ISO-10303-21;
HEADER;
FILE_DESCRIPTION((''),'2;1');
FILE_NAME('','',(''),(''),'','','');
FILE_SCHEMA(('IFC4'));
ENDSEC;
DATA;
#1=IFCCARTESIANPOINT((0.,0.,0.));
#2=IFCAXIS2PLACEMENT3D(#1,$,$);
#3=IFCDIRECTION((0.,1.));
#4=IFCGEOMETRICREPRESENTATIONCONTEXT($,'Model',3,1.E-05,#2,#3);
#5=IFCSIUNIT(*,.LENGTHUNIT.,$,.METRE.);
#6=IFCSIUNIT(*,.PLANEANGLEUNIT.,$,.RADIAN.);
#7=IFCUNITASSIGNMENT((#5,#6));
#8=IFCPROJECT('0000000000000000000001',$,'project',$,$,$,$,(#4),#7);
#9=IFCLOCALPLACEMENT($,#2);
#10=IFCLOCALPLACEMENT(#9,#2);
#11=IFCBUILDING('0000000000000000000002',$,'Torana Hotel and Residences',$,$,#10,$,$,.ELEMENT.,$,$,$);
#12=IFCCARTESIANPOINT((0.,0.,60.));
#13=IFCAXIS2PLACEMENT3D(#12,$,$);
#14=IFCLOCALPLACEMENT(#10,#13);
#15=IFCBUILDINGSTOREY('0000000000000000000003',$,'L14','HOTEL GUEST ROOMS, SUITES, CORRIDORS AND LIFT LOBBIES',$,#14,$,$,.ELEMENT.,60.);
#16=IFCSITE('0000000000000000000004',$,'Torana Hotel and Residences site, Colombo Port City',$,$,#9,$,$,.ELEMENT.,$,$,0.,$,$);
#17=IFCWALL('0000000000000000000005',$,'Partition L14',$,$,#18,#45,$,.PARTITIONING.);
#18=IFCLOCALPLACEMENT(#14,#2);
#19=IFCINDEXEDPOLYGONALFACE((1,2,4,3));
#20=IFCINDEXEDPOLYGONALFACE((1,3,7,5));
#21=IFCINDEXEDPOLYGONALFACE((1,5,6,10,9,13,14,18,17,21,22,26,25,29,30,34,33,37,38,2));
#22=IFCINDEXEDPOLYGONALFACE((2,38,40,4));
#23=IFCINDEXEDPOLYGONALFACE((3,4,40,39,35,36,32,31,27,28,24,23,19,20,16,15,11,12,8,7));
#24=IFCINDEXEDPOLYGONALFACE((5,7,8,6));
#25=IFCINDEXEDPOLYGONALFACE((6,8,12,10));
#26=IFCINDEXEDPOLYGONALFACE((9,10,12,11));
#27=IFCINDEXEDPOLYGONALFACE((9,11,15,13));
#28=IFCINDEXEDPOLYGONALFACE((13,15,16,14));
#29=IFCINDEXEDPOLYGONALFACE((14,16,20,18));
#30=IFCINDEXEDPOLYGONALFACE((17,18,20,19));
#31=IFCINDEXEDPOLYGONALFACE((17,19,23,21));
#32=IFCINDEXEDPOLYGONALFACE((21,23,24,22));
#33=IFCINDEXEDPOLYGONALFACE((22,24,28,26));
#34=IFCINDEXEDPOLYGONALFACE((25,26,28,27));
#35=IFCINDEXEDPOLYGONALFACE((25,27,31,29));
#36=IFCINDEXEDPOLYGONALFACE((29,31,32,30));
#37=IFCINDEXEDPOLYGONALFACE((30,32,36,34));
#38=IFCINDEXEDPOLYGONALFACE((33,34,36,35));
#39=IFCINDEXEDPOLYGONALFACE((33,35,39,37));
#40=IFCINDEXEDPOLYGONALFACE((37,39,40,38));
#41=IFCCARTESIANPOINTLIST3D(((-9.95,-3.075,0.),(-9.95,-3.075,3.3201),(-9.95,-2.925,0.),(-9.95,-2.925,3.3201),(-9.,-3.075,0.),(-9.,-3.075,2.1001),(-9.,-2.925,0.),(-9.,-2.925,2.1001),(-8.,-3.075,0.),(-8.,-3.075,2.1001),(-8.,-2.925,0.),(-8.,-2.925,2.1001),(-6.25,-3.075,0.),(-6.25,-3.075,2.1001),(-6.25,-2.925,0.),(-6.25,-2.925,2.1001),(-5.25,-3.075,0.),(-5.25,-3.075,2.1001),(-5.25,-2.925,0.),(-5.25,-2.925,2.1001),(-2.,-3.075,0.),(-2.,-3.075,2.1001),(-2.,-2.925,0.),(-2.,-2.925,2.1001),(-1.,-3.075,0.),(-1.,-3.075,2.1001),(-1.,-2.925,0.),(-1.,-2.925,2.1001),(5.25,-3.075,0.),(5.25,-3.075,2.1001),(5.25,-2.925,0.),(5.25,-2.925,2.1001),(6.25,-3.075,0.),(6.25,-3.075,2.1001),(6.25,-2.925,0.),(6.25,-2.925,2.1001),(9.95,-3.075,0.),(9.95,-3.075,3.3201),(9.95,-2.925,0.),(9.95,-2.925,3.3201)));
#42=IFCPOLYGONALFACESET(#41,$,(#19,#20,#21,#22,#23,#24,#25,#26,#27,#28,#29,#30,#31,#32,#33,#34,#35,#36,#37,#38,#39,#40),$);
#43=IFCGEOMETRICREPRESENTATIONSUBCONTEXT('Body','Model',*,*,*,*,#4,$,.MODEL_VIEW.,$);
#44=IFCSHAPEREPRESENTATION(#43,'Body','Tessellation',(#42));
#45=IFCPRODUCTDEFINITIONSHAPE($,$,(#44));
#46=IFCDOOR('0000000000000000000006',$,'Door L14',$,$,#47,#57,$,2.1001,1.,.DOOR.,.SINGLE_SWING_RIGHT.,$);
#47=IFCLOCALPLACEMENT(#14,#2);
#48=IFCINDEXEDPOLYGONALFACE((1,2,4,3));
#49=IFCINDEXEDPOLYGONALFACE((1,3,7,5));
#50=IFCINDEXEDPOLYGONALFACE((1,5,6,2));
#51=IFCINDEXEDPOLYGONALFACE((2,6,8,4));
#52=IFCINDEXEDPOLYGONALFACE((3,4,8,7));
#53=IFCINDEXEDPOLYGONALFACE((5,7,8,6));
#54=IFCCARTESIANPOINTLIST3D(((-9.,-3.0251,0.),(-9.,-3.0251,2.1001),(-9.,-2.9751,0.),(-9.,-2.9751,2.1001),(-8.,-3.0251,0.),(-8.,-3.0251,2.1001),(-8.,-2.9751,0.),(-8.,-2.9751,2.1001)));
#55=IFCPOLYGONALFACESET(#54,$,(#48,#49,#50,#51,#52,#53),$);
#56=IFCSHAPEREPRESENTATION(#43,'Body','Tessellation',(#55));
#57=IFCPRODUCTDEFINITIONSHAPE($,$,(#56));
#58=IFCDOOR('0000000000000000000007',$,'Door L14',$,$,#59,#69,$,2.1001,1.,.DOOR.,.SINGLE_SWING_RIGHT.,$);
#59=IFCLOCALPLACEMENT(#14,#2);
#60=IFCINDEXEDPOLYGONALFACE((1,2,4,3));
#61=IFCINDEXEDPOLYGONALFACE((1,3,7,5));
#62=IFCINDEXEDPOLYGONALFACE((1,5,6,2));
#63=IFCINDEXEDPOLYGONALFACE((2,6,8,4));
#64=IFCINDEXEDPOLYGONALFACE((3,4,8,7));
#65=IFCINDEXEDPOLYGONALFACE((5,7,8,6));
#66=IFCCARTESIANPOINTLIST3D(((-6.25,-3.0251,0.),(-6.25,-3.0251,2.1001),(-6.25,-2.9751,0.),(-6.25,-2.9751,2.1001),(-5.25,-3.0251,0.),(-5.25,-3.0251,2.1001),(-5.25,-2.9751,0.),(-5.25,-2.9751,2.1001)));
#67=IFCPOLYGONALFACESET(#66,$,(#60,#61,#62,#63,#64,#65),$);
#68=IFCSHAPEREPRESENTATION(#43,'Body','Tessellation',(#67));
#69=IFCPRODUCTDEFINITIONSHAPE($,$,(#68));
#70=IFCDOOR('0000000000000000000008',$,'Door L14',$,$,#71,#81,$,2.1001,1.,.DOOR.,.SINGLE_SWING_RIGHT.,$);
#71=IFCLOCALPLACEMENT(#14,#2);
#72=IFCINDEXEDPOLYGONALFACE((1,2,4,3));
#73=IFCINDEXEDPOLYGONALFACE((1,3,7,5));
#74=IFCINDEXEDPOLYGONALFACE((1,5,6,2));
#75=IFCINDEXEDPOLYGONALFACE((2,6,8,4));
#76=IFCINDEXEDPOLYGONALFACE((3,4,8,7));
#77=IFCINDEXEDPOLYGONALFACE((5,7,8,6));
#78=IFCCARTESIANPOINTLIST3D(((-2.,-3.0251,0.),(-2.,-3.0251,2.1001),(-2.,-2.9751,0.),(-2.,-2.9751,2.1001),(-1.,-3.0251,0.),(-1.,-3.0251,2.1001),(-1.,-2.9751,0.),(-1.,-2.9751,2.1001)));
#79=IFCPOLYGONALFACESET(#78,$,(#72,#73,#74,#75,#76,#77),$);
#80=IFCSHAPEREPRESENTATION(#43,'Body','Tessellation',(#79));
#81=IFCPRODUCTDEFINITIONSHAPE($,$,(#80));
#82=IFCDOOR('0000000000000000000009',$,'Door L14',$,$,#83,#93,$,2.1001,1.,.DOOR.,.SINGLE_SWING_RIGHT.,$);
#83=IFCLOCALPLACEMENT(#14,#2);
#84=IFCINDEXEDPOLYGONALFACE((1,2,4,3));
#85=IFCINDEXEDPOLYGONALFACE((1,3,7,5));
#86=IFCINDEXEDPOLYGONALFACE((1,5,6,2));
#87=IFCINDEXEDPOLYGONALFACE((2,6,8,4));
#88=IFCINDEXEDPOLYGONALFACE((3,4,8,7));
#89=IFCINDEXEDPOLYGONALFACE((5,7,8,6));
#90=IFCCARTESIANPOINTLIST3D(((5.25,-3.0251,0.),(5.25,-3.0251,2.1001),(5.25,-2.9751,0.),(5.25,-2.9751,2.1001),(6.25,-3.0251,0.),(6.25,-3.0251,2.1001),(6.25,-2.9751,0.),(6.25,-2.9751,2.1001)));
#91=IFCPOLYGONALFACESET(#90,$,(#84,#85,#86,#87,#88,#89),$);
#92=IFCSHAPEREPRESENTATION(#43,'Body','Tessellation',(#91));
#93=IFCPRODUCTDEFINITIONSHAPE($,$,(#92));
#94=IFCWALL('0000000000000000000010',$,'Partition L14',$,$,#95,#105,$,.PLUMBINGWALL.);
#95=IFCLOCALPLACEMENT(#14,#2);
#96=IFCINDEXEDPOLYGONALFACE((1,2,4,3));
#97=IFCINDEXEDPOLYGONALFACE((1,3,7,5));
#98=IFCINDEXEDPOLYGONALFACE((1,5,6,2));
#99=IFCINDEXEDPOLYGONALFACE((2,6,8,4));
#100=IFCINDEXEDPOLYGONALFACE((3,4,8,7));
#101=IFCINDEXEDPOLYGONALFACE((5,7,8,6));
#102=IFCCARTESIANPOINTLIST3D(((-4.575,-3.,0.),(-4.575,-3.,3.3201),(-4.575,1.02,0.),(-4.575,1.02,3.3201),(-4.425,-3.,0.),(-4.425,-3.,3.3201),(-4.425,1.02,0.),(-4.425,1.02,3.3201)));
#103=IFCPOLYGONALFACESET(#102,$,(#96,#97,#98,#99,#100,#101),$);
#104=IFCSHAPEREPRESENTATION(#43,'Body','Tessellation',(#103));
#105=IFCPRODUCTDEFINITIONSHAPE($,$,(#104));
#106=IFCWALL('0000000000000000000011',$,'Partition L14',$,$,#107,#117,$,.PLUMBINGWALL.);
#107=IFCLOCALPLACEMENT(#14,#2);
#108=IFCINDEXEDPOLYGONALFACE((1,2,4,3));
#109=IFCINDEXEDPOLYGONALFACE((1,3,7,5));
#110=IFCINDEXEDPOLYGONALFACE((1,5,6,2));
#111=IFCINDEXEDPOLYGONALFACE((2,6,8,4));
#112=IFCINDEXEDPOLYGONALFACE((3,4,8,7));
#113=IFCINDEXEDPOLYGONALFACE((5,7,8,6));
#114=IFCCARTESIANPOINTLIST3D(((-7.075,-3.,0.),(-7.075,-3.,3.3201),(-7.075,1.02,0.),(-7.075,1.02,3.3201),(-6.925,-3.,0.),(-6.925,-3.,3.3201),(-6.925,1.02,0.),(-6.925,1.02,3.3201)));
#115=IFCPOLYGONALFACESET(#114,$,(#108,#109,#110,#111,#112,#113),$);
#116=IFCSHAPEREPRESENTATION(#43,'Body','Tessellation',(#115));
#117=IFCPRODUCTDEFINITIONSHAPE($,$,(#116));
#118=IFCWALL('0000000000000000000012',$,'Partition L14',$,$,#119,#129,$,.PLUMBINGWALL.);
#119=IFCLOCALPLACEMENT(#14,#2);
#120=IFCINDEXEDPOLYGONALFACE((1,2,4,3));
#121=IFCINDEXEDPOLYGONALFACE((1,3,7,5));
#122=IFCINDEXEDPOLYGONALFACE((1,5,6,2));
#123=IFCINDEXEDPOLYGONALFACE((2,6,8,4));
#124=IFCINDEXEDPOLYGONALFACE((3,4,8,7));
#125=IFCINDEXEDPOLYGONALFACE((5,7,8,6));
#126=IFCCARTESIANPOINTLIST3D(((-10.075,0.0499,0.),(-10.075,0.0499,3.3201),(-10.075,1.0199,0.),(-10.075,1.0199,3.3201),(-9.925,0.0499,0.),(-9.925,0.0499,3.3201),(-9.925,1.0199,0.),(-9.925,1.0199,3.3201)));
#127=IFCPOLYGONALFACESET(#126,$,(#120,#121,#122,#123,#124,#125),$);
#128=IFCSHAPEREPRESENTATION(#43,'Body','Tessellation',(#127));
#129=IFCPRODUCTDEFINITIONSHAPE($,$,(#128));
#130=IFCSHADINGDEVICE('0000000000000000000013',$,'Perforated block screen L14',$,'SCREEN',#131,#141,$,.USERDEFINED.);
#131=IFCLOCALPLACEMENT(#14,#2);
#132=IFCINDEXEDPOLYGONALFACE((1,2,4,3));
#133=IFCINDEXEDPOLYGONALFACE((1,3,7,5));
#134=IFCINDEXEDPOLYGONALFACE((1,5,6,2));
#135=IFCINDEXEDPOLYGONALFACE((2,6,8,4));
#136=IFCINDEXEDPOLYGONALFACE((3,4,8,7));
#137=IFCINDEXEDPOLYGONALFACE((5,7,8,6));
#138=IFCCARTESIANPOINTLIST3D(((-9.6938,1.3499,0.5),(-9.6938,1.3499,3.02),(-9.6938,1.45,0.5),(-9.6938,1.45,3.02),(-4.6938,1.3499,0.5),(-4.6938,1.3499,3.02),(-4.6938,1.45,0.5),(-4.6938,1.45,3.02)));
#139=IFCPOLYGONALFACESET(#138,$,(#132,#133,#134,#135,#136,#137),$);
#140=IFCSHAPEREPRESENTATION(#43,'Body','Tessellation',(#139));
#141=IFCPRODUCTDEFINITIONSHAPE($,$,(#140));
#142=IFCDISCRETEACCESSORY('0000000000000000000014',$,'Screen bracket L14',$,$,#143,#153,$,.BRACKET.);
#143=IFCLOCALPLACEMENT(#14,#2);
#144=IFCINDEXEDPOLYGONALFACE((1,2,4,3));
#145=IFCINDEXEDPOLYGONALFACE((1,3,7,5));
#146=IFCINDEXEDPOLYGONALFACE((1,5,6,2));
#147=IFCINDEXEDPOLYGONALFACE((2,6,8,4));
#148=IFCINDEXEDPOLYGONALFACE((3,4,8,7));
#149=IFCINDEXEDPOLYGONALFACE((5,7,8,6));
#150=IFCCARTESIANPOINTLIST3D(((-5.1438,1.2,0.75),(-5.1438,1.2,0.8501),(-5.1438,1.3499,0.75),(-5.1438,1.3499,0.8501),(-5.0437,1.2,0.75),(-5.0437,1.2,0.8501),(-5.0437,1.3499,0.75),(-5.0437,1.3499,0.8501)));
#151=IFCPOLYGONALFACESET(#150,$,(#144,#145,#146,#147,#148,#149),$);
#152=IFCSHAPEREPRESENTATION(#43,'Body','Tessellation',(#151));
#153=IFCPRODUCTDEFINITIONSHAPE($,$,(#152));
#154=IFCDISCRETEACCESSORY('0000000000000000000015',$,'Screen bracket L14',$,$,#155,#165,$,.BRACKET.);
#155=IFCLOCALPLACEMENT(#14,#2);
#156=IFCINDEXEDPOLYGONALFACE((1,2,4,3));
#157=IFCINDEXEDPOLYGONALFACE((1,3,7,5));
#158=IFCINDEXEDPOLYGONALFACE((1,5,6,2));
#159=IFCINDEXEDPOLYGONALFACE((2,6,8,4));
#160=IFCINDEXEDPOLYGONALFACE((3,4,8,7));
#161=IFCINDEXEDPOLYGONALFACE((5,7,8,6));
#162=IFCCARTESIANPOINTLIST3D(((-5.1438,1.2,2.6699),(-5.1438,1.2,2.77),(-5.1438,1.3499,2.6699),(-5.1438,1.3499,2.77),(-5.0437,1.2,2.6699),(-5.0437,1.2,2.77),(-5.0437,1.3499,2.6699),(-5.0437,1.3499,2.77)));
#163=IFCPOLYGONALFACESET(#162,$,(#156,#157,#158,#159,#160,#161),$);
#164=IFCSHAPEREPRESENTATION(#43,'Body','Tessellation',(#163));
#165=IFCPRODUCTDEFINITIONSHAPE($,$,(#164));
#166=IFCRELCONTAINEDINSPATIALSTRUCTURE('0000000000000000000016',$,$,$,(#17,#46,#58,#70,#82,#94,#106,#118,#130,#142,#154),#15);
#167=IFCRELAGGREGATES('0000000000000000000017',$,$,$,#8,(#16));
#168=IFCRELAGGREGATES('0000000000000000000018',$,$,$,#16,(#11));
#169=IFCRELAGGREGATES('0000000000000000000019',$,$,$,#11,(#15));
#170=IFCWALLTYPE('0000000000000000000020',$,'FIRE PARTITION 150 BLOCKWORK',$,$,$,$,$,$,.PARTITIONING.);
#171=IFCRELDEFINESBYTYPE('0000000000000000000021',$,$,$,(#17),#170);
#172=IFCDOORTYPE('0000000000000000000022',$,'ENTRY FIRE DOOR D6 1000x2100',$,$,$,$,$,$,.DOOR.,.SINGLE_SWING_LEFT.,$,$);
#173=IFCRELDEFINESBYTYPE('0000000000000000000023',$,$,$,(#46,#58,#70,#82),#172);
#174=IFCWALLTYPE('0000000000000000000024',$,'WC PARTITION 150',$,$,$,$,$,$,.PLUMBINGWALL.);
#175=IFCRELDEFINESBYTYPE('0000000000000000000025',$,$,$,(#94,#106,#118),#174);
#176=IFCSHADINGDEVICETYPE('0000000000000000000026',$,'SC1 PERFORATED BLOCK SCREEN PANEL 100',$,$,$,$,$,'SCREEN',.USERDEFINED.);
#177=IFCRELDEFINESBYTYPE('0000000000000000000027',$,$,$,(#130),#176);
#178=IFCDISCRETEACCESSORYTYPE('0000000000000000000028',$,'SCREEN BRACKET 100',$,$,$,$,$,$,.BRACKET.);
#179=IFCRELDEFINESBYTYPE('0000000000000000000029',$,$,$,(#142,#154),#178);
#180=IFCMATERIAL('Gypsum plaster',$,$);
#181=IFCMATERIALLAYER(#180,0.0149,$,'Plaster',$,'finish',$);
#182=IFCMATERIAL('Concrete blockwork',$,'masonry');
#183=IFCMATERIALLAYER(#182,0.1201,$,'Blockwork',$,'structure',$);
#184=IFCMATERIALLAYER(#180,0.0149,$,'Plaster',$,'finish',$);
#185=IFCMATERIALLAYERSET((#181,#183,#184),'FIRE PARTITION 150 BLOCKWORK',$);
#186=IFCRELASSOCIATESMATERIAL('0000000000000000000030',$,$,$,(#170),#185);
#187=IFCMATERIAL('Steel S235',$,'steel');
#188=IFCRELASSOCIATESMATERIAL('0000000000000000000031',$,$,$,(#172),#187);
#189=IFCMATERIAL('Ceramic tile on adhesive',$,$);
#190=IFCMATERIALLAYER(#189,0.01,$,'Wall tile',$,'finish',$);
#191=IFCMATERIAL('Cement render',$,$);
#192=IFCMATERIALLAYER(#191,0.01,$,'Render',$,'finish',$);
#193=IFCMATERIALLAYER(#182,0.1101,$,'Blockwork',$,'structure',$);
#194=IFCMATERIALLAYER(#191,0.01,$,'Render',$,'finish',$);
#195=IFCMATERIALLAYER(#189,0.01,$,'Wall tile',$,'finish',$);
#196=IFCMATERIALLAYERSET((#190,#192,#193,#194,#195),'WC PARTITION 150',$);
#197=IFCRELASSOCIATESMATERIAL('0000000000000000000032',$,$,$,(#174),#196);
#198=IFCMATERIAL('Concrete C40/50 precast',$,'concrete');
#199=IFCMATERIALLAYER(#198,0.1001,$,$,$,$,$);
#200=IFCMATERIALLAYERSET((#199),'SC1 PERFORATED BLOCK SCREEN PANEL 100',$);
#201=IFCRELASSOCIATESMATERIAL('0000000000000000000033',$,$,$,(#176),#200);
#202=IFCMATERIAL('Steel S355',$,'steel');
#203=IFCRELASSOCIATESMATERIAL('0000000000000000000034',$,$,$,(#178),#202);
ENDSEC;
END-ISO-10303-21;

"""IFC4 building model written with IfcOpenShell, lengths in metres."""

from ifc_helpers import new_model, si_unit, direction, frame, frame_2d, origin, origin_2d, place, context, subcontext, project, spatial, rectangle, extrude, material, layer, layer_set, type_object, element, fill, save


model = new_model("IFC4")

# Units and contexts
model_context = context("Model", 3, precision=1e-05, world=origin(), true_north=direction((0.0, 1.0)))
body_context = subcontext(model_context, "Body", "Model", "MODEL_VIEW")
ifc_project = project(units=[si_unit("LENGTHUNIT", "METRE"), si_unit("PLANEANGLEUNIT", "RADIAN")], contexts=[model_context])

# Site, building, storey
site_placement = place(None, origin())
site = spatial("IfcSite", under=ifc_project, at=site_placement, Name="Torana Hotel and Residences site, Colombo Port City", CompositionType="ELEMENT", RefElevation=0.0)
building_placement = place(site_placement, origin())
building = spatial("IfcBuilding", under=site, at=building_placement, Name="Torana Hotel and Residences", CompositionType="ELEMENT")
storey_placement = place(building_placement, frame((0.0, 0.0, 60.0)))
storey = spatial("IfcBuildingStorey", under=building, at=storey_placement, Name="L14", Description="HOTEL GUEST ROOMS, SUITES, CORRIDORS AND LIFT LOBBIES", CompositionType="ELEMENT", Elevation=60.0)

# Shared definitions
ifc_material_1 = material(Name="Gypsum plaster")
ifc_layer_1 = layer(ifc_material_1, 0.0149, Name="Plaster", Category="finish")
ifc_material_2 = material(Name="Concrete blockwork", Category="masonry")
ifc_layer_2 = layer(ifc_material_2, 0.1201, Name="Blockwork", Category="structure")
ifc_layer_3 = layer(ifc_material_1, 0.0149, Name="Plaster", Category="finish")
ifc_layer_set_1 = layer_set([ifc_layer_1, ifc_layer_2, ifc_layer_3], Name="FIRE PARTITION 150 BLOCKWORK")
wall_type_1 = type_object("IfcWallType", Name="FIRE PARTITION 150 BLOCKWORK", PredefinedType="PARTITIONING", material=ifc_layer_set_1)

# Shared definitions
ifc_material_3 = material(Name="Steel S235", Category="steel")
door_type = type_object("IfcDoorType", Name="ENTRY FIRE DOOR D6 1000x2100", OperationType="SINGLE_SWING_LEFT", PredefinedType="DOOR", material=ifc_material_3)

# Wall, openings, doors
wall_1_placement = place(storey_placement, frame((-9.95, -3.0, 0.0), z_axis=(0.0, 0.0, 1.0), x_axis=(1.0, 0.0, 0.0)))
wall_1 = element("IfcWall", 1, at=wall_1_placement, inside=storey, type_object=wall_type_1, Name="Partition L14", PredefinedType="PARTITIONING", context=body_context, shape_type="SweptSolid", body=[
    extrude(rectangle(XDim=19.8999, YDim=0.1499, at=frame_2d((9.95, 0.0))), origin(), (0.0, 0.0, 1.0), 3.3201),
])
opening_1_placement = place(wall_1_placement, frame((0.95, 0.0, 0.0)))
opening_1 = element("IfcOpeningElement", 2, at=opening_1_placement, cuts=wall_1, PredefinedType="OPENING", context=body_context, shape_type="SweptSolid", body=[
    extrude(rectangle(XDim=1.0, YDim=2.1001, at=frame_2d((0.5, 1.05))), frame((0.0, 0.085, 0.0), z_axis=(0.0, -1.0, 0.0), x_axis=(1.0, 0.0, 0.0)), (0.0, 0.0, 1.0), 0.1699),
])
opening_2_placement = place(wall_1_placement, frame((3.7, 0.0, 0.0)))
opening_2 = element("IfcOpeningElement", 3, at=opening_2_placement, cuts=wall_1, PredefinedType="OPENING", context=body_context, shape_type="SweptSolid", body=[
    extrude(rectangle(XDim=1.0, YDim=2.1001, at=frame_2d((0.5, 1.05))), frame((0.0, 0.085, 0.0), z_axis=(0.0, -1.0, 0.0), x_axis=(1.0, 0.0, 0.0)), (0.0, 0.0, 1.0), 0.1699),
])
opening_3_placement = place(wall_1_placement, frame((7.95, 0.0, 0.0)))
opening_3 = element("IfcOpeningElement", 4, at=opening_3_placement, cuts=wall_1, PredefinedType="OPENING", context=body_context, shape_type="SweptSolid", body=[
    extrude(rectangle(XDim=1.0, YDim=2.1001, at=frame_2d((0.5, 1.05))), frame((0.0, 0.085, 0.0), z_axis=(0.0, -1.0, 0.0), x_axis=(1.0, 0.0, 0.0)), (0.0, 0.0, 1.0), 0.1699),
])
opening_4_placement = place(wall_1_placement, frame((15.2, 0.0, 0.0)))
opening_4 = element("IfcOpeningElement", 5, at=opening_4_placement, cuts=wall_1, PredefinedType="OPENING", context=body_context, shape_type="SweptSolid", body=[
    extrude(rectangle(XDim=1.0, YDim=2.1001, at=frame_2d((0.5, 1.05))), frame((0.0, 0.085, 0.0), z_axis=(0.0, -1.0, 0.0), x_axis=(1.0, 0.0, 0.0)), (0.0, 0.0, 1.0), 0.1699),
])
door_1_placement = place(opening_1_placement, origin())
door_1 = element("IfcDoor", 6, at=door_1_placement, inside=storey, type_object=door_type, Name="Door L14", OperationType="SINGLE_SWING_RIGHT", OverallHeight=2.1001, OverallWidth=1.0, PredefinedType="DOOR", context=body_context, shape_type="SweptSolid", body=[
    extrude(rectangle(XDim=1.0, YDim=2.1001, at=frame_2d((0.5, 1.05))), frame((0.0, 0.0249, 0.0), z_axis=(0.0, -1.0, 0.0), x_axis=(1.0, 0.0, 0.0)), (0.0, 0.0, 1.0), 0.05),
])
fill(opening_1, door_1)
door_2_placement = place(opening_2_placement, origin())
door_2 = element("IfcDoor", 7, at=door_2_placement, inside=storey, type_object=door_type, Name="Door L14", OperationType="SINGLE_SWING_RIGHT", OverallHeight=2.1001, OverallWidth=1.0, PredefinedType="DOOR", context=body_context, shape_type="SweptSolid", body=[
    extrude(rectangle(XDim=1.0, YDim=2.1001, at=frame_2d((0.5, 1.05))), frame((0.0, 0.0249, 0.0), z_axis=(0.0, -1.0, 0.0), x_axis=(1.0, 0.0, 0.0)), (0.0, 0.0, 1.0), 0.05),
])
fill(opening_2, door_2)
door_3_placement = place(opening_3_placement, origin())
door_3 = element("IfcDoor", 8, at=door_3_placement, inside=storey, type_object=door_type, Name="Door L14", OperationType="SINGLE_SWING_RIGHT", OverallHeight=2.1001, OverallWidth=1.0, PredefinedType="DOOR", context=body_context, shape_type="SweptSolid", body=[
    extrude(rectangle(XDim=1.0, YDim=2.1001, at=frame_2d((0.5, 1.05))), frame((0.0, 0.0249, 0.0), z_axis=(0.0, -1.0, 0.0), x_axis=(1.0, 0.0, 0.0)), (0.0, 0.0, 1.0), 0.05),
])
fill(opening_3, door_3)
door_4_placement = place(opening_4_placement, origin())
door_4 = element("IfcDoor", 9, at=door_4_placement, inside=storey, type_object=door_type, Name="Door L14", OperationType="SINGLE_SWING_RIGHT", OverallHeight=2.1001, OverallWidth=1.0, PredefinedType="DOOR", context=body_context, shape_type="SweptSolid", body=[
    extrude(rectangle(XDim=1.0, YDim=2.1001, at=frame_2d((0.5, 1.05))), frame((0.0, 0.0249, 0.0), z_axis=(0.0, -1.0, 0.0), x_axis=(1.0, 0.0, 0.0)), (0.0, 0.0, 1.0), 0.05),
])
fill(opening_4, door_4)

# Walls
ifc_material_4 = material(Name="Ceramic tile on adhesive")
ifc_layer_4 = layer(ifc_material_4, 0.01, Name="Wall tile", Category="finish")
ifc_material_5 = material(Name="Cement render")
ifc_layer_5 = layer(ifc_material_5, 0.01, Name="Render", Category="finish")
ifc_layer_6 = layer(ifc_material_2, 0.1101, Name="Blockwork", Category="structure")
ifc_layer_7 = layer(ifc_material_5, 0.01, Name="Render", Category="finish")
ifc_layer_8 = layer(ifc_material_4, 0.01, Name="Wall tile", Category="finish")
ifc_layer_set_2 = layer_set([ifc_layer_4, ifc_layer_5, ifc_layer_6, ifc_layer_7, ifc_layer_8], Name="WC PARTITION 150")
wall_type_2 = type_object("IfcWallType", Name="WC PARTITION 150", PredefinedType="PLUMBINGWALL", material=ifc_layer_set_2)
for number, where, z_axis, x_axis, name in (
    (10, (-4.5, -3.0, 0.0), (0.0, 0.0, 1.0), (0.0, 1.0, 0.0), "Partition L14"),
    (11, (-7.0, -3.0, 0.0), (0.0, 0.0, 1.0), (0.0, 1.0, 0.0), "Partition L14"),
):
    element("IfcWall", number, at=place(storey_placement, frame(where, z_axis=z_axis, x_axis=x_axis)), inside=storey, type_object=wall_type_2, Name=name, PredefinedType="PLUMBINGWALL", context=body_context, shape_type="SweptSolid", body=[
        extrude(rectangle(XDim=4.02, YDim=0.1499, at=frame_2d((2.01, 0.0))), origin(), (0.0, 0.0, 1.0), 3.3201),
    ])
wall_2_placement = place(storey_placement, frame((-10.0, 0.05, 0.0), z_axis=(0.0, 0.0, 1.0), x_axis=(0.0, 1.0, 0.0)))
element("IfcWall", 12, at=wall_2_placement, inside=storey, type_object=wall_type_2, Name="Partition L14", PredefinedType="PLUMBINGWALL", context=body_context, shape_type="SweptSolid", body=[
    extrude(rectangle(XDim=0.97, YDim=0.1499, at=frame_2d((0.4849, 0.0))), origin(), (0.0, 0.0, 1.0), 3.3201),
])

# Shading device
ifc_material_6 = material(Name="Concrete C40/50 precast", Category="concrete")
ifc_layer_9 = layer(ifc_material_6, 0.1001)
ifc_layer_set_3 = layer_set([ifc_layer_9], Name="SC1 PERFORATED BLOCK SCREEN PANEL 100")
shading_device_type = type_object("IfcShadingDeviceType", Name="SC1 PERFORATED BLOCK SCREEN PANEL 100", ElementType="SCREEN", PredefinedType="USERDEFINED", material=ifc_layer_set_3)
shading_device_placement = place(storey_placement, frame((-7.1938, 1.3999, 0.5), z_axis=(0.0, 0.0, 1.0), x_axis=(-1.0, 0.0, 0.0)))
element("IfcShadingDevice", 13, at=shading_device_placement, inside=storey, type_object=shading_device_type, Name="Perforated block screen L14", ObjectType="SCREEN", PredefinedType="USERDEFINED", context=body_context, shape_type="SweptSolid", body=[
    extrude(rectangle(XDim=5.0, YDim=0.1001, at=origin_2d()), origin(), (0.0, 0.0, 1.0), 2.52),
])

# Discrete accessories
ifc_material_7 = material(Name="Steel S355", Category="steel")
discrete_accessory_type = type_object("IfcDiscreteAccessoryType", Name="SCREEN BRACKET 100", PredefinedType="BRACKET", material=ifc_material_7)
for number, where, z_axis, x_axis, name in (
    (14, (-5.0938, 1.2749, 0.75), (0.0, 0.0, 1.0), (-1.0, 0.0, 0.0), "Screen bracket L14"),
    (15, (-5.0938, 1.2749, 2.6699), (0.0, 0.0, 1.0), (-1.0, 0.0, 0.0), "Screen bracket L14"),
):
    element("IfcDiscreteAccessory", number, at=place(storey_placement, frame(where, z_axis=z_axis, x_axis=x_axis)), inside=storey, type_object=discrete_accessory_type, Name=name, PredefinedType="BRACKET", context=body_context, shape_type="SweptSolid", body=[
        extrude(rectangle(XDim=0.1001, YDim=0.1499, at=origin_2d()), origin(), (0.0, 0.0, 1.0), 0.1001),
    ])

save(model, "model.ifc")
